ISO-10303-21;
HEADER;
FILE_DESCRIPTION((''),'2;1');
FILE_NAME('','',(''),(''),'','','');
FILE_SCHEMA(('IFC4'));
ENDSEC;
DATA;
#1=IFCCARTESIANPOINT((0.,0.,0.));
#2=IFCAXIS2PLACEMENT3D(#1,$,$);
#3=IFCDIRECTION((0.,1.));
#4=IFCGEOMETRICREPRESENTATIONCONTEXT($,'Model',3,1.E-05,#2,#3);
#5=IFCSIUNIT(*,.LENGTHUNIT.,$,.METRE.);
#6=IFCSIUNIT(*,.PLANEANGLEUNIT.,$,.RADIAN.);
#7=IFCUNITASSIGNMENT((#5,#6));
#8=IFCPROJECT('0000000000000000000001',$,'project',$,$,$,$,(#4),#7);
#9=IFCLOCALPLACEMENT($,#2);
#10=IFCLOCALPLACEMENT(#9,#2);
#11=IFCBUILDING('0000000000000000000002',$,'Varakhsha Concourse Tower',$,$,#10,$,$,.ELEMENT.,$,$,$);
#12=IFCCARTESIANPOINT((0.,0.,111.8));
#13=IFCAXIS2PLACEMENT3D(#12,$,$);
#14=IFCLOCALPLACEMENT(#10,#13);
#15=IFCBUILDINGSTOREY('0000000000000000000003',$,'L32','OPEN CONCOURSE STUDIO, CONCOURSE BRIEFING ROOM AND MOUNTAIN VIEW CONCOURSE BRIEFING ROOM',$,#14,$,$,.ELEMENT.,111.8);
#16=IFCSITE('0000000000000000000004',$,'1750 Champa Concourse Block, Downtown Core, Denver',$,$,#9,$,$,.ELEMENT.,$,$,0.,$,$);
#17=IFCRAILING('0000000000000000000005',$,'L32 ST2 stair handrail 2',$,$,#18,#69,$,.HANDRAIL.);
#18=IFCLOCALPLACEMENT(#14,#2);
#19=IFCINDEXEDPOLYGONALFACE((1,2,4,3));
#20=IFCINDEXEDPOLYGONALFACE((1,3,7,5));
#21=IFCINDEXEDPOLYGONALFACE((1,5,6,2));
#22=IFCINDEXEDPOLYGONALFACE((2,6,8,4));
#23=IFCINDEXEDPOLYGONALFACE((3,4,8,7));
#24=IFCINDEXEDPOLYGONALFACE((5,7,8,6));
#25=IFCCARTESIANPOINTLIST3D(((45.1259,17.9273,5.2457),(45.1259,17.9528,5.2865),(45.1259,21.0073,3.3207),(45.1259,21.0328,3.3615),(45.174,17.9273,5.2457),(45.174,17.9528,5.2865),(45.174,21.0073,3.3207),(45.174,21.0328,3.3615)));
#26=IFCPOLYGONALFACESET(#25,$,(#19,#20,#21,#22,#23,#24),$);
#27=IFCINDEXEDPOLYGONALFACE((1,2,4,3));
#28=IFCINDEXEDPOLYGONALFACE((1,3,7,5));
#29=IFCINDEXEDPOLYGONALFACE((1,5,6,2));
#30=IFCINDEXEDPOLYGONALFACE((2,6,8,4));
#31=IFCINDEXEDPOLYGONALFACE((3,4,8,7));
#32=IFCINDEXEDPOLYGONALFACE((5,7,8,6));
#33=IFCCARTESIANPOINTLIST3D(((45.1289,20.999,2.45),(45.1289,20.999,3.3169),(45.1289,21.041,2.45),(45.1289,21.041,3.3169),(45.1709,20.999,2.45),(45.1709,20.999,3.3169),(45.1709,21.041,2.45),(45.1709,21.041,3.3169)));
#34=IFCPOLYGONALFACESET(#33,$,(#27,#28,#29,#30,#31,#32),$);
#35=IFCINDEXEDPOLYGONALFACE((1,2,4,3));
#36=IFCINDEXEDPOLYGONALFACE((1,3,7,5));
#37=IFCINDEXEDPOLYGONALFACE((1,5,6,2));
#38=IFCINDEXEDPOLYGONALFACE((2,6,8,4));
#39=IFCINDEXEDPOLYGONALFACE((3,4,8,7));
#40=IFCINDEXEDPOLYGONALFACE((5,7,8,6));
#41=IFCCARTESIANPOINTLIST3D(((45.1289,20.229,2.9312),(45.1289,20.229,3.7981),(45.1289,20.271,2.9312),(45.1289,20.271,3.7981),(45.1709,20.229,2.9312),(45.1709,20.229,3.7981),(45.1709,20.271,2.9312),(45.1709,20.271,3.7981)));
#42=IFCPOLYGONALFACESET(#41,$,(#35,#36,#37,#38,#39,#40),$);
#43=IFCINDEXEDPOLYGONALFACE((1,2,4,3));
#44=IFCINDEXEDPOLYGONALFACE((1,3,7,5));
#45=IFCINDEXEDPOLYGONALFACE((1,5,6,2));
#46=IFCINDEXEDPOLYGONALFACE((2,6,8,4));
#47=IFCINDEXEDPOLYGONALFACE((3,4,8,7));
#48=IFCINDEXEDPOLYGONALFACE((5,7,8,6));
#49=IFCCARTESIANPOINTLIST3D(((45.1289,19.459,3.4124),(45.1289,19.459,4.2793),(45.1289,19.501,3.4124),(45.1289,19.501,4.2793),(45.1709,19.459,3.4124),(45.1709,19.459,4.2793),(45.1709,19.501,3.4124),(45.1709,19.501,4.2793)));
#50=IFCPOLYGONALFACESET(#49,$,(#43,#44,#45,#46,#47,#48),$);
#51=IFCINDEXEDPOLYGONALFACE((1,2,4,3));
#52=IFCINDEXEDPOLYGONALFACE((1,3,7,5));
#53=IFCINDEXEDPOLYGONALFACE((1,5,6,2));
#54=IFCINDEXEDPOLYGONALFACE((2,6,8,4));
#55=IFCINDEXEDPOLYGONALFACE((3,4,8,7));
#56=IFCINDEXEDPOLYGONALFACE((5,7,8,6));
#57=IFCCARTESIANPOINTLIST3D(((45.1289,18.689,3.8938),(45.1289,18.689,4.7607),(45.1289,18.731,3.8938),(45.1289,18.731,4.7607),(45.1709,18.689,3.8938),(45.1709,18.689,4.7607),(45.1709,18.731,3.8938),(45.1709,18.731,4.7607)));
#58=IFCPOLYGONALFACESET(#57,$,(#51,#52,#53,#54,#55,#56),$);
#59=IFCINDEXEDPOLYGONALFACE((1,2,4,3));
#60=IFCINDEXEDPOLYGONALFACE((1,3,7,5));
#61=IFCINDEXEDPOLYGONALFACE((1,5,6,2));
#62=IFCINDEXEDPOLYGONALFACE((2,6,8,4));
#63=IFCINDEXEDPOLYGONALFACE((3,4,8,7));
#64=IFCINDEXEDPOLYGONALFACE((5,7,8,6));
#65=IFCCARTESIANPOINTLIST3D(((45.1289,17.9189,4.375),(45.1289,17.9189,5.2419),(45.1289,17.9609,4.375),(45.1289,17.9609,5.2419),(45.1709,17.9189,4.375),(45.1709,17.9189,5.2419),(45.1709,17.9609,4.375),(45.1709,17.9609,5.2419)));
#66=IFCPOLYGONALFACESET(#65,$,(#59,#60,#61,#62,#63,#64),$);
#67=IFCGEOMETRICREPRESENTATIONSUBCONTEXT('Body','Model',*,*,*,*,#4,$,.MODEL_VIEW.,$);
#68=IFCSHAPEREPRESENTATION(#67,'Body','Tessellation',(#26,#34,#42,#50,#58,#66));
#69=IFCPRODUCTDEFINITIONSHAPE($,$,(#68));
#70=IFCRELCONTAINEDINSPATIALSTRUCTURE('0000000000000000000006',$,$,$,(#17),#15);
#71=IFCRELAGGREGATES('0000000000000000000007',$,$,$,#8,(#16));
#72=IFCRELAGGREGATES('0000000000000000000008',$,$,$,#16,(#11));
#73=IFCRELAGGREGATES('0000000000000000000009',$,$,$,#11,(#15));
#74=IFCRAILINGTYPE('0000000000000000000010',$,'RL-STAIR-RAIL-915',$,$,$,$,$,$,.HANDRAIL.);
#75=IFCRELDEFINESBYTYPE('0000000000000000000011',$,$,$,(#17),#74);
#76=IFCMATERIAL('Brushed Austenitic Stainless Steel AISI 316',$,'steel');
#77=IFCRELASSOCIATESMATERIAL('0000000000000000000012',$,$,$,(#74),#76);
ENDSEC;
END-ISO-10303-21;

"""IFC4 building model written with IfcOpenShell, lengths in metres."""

from ifc_helpers import new_model, si_unit, direction, frame, origin, origin_2d, place, context, subcontext, project, spatial, rectangle, extrude, material, type_object, element, save


model = new_model("IFC4")

# Units and contexts
model_context = context("Model", 3, precision=1e-05, world=origin(), true_north=direction((0.0, 1.0)))
body_context = subcontext(model_context, "Body", "Model", "MODEL_VIEW")
ifc_project = project(units=[si_unit("LENGTHUNIT", "METRE"), si_unit("PLANEANGLEUNIT", "RADIAN")], contexts=[model_context])

# Site, building, storey
site_placement = place(None, origin())
site = spatial("IfcSite", under=ifc_project, at=site_placement, Name="1750 Champa Concourse Block, Downtown Core, Denver", CompositionType="ELEMENT", RefElevation=0.0)
building_placement = place(site_placement, origin())
building = spatial("IfcBuilding", under=site, at=building_placement, Name="Varakhsha Concourse Tower", CompositionType="ELEMENT")
storey_placement = place(building_placement, frame((0.0, 0.0, 111.8)))
storey = spatial("IfcBuildingStorey", under=building, at=storey_placement, Name="L32", Description="OPEN CONCOURSE STUDIO, CONCOURSE BRIEFING ROOM AND MOUNTAIN VIEW CONCOURSE BRIEFING ROOM", CompositionType="ELEMENT", Elevation=111.8)

# Railing
ifc_material_1 = material(Name="Brushed Austenitic Stainless Steel AISI 316", Category="steel")
railing_type_1 = type_object("IfcRailingType", Name="RL-STAIR-RAIL-915", PredefinedType="HANDRAIL", material=ifc_material_1)
railing_1_placement = place(storey_placement, frame((45.1499, 21.02, 2.45)))
element("IfcRailing", 1, at=railing_1_placement, inside=storey, type_object=railing_type_1, Name="L32 ST2 stair handrail 2", PredefinedType="HANDRAIL", context=body_context, shape_type="SweptSolid", body=[
    extrude(rectangle(XDim=0.0481, YDim=0.0481, at=origin_2d()), frame((0.0, 0.0, 0.8911), z_axis=(0.0, -0.847998, 0.529999), x_axis=(1.0, 0.0, 0.0)), (0.0, 0.0, 1.0), 3.6321),
    extrude(rectangle(XDim=0.042, YDim=0.042, at=origin_2d()), origin(), (0.0, 0.0, 1.0), 0.8669),
    extrude(rectangle(XDim=0.042, YDim=0.042, at=origin_2d()), frame((0.0, -0.77, 0.4812)), (0.0, 0.0, 1.0), 0.8669),
    extrude(rectangle(XDim=0.042, YDim=0.042, at=origin_2d()), frame((0.0, -1.54, 0.9624)), (0.0, 0.0, 1.0), 0.8669),
    extrude(rectangle(XDim=0.042, YDim=0.042, at=origin_2d()), frame((0.0, -2.3101, 1.4438)), (0.0, 0.0, 1.0), 0.8669),
    extrude(rectangle(XDim=0.042, YDim=0.042, at=origin_2d()), frame((0.0, -3.0801, 1.925)), (0.0, 0.0, 1.0), 0.8669),
])

save(model, "model.ifc")
